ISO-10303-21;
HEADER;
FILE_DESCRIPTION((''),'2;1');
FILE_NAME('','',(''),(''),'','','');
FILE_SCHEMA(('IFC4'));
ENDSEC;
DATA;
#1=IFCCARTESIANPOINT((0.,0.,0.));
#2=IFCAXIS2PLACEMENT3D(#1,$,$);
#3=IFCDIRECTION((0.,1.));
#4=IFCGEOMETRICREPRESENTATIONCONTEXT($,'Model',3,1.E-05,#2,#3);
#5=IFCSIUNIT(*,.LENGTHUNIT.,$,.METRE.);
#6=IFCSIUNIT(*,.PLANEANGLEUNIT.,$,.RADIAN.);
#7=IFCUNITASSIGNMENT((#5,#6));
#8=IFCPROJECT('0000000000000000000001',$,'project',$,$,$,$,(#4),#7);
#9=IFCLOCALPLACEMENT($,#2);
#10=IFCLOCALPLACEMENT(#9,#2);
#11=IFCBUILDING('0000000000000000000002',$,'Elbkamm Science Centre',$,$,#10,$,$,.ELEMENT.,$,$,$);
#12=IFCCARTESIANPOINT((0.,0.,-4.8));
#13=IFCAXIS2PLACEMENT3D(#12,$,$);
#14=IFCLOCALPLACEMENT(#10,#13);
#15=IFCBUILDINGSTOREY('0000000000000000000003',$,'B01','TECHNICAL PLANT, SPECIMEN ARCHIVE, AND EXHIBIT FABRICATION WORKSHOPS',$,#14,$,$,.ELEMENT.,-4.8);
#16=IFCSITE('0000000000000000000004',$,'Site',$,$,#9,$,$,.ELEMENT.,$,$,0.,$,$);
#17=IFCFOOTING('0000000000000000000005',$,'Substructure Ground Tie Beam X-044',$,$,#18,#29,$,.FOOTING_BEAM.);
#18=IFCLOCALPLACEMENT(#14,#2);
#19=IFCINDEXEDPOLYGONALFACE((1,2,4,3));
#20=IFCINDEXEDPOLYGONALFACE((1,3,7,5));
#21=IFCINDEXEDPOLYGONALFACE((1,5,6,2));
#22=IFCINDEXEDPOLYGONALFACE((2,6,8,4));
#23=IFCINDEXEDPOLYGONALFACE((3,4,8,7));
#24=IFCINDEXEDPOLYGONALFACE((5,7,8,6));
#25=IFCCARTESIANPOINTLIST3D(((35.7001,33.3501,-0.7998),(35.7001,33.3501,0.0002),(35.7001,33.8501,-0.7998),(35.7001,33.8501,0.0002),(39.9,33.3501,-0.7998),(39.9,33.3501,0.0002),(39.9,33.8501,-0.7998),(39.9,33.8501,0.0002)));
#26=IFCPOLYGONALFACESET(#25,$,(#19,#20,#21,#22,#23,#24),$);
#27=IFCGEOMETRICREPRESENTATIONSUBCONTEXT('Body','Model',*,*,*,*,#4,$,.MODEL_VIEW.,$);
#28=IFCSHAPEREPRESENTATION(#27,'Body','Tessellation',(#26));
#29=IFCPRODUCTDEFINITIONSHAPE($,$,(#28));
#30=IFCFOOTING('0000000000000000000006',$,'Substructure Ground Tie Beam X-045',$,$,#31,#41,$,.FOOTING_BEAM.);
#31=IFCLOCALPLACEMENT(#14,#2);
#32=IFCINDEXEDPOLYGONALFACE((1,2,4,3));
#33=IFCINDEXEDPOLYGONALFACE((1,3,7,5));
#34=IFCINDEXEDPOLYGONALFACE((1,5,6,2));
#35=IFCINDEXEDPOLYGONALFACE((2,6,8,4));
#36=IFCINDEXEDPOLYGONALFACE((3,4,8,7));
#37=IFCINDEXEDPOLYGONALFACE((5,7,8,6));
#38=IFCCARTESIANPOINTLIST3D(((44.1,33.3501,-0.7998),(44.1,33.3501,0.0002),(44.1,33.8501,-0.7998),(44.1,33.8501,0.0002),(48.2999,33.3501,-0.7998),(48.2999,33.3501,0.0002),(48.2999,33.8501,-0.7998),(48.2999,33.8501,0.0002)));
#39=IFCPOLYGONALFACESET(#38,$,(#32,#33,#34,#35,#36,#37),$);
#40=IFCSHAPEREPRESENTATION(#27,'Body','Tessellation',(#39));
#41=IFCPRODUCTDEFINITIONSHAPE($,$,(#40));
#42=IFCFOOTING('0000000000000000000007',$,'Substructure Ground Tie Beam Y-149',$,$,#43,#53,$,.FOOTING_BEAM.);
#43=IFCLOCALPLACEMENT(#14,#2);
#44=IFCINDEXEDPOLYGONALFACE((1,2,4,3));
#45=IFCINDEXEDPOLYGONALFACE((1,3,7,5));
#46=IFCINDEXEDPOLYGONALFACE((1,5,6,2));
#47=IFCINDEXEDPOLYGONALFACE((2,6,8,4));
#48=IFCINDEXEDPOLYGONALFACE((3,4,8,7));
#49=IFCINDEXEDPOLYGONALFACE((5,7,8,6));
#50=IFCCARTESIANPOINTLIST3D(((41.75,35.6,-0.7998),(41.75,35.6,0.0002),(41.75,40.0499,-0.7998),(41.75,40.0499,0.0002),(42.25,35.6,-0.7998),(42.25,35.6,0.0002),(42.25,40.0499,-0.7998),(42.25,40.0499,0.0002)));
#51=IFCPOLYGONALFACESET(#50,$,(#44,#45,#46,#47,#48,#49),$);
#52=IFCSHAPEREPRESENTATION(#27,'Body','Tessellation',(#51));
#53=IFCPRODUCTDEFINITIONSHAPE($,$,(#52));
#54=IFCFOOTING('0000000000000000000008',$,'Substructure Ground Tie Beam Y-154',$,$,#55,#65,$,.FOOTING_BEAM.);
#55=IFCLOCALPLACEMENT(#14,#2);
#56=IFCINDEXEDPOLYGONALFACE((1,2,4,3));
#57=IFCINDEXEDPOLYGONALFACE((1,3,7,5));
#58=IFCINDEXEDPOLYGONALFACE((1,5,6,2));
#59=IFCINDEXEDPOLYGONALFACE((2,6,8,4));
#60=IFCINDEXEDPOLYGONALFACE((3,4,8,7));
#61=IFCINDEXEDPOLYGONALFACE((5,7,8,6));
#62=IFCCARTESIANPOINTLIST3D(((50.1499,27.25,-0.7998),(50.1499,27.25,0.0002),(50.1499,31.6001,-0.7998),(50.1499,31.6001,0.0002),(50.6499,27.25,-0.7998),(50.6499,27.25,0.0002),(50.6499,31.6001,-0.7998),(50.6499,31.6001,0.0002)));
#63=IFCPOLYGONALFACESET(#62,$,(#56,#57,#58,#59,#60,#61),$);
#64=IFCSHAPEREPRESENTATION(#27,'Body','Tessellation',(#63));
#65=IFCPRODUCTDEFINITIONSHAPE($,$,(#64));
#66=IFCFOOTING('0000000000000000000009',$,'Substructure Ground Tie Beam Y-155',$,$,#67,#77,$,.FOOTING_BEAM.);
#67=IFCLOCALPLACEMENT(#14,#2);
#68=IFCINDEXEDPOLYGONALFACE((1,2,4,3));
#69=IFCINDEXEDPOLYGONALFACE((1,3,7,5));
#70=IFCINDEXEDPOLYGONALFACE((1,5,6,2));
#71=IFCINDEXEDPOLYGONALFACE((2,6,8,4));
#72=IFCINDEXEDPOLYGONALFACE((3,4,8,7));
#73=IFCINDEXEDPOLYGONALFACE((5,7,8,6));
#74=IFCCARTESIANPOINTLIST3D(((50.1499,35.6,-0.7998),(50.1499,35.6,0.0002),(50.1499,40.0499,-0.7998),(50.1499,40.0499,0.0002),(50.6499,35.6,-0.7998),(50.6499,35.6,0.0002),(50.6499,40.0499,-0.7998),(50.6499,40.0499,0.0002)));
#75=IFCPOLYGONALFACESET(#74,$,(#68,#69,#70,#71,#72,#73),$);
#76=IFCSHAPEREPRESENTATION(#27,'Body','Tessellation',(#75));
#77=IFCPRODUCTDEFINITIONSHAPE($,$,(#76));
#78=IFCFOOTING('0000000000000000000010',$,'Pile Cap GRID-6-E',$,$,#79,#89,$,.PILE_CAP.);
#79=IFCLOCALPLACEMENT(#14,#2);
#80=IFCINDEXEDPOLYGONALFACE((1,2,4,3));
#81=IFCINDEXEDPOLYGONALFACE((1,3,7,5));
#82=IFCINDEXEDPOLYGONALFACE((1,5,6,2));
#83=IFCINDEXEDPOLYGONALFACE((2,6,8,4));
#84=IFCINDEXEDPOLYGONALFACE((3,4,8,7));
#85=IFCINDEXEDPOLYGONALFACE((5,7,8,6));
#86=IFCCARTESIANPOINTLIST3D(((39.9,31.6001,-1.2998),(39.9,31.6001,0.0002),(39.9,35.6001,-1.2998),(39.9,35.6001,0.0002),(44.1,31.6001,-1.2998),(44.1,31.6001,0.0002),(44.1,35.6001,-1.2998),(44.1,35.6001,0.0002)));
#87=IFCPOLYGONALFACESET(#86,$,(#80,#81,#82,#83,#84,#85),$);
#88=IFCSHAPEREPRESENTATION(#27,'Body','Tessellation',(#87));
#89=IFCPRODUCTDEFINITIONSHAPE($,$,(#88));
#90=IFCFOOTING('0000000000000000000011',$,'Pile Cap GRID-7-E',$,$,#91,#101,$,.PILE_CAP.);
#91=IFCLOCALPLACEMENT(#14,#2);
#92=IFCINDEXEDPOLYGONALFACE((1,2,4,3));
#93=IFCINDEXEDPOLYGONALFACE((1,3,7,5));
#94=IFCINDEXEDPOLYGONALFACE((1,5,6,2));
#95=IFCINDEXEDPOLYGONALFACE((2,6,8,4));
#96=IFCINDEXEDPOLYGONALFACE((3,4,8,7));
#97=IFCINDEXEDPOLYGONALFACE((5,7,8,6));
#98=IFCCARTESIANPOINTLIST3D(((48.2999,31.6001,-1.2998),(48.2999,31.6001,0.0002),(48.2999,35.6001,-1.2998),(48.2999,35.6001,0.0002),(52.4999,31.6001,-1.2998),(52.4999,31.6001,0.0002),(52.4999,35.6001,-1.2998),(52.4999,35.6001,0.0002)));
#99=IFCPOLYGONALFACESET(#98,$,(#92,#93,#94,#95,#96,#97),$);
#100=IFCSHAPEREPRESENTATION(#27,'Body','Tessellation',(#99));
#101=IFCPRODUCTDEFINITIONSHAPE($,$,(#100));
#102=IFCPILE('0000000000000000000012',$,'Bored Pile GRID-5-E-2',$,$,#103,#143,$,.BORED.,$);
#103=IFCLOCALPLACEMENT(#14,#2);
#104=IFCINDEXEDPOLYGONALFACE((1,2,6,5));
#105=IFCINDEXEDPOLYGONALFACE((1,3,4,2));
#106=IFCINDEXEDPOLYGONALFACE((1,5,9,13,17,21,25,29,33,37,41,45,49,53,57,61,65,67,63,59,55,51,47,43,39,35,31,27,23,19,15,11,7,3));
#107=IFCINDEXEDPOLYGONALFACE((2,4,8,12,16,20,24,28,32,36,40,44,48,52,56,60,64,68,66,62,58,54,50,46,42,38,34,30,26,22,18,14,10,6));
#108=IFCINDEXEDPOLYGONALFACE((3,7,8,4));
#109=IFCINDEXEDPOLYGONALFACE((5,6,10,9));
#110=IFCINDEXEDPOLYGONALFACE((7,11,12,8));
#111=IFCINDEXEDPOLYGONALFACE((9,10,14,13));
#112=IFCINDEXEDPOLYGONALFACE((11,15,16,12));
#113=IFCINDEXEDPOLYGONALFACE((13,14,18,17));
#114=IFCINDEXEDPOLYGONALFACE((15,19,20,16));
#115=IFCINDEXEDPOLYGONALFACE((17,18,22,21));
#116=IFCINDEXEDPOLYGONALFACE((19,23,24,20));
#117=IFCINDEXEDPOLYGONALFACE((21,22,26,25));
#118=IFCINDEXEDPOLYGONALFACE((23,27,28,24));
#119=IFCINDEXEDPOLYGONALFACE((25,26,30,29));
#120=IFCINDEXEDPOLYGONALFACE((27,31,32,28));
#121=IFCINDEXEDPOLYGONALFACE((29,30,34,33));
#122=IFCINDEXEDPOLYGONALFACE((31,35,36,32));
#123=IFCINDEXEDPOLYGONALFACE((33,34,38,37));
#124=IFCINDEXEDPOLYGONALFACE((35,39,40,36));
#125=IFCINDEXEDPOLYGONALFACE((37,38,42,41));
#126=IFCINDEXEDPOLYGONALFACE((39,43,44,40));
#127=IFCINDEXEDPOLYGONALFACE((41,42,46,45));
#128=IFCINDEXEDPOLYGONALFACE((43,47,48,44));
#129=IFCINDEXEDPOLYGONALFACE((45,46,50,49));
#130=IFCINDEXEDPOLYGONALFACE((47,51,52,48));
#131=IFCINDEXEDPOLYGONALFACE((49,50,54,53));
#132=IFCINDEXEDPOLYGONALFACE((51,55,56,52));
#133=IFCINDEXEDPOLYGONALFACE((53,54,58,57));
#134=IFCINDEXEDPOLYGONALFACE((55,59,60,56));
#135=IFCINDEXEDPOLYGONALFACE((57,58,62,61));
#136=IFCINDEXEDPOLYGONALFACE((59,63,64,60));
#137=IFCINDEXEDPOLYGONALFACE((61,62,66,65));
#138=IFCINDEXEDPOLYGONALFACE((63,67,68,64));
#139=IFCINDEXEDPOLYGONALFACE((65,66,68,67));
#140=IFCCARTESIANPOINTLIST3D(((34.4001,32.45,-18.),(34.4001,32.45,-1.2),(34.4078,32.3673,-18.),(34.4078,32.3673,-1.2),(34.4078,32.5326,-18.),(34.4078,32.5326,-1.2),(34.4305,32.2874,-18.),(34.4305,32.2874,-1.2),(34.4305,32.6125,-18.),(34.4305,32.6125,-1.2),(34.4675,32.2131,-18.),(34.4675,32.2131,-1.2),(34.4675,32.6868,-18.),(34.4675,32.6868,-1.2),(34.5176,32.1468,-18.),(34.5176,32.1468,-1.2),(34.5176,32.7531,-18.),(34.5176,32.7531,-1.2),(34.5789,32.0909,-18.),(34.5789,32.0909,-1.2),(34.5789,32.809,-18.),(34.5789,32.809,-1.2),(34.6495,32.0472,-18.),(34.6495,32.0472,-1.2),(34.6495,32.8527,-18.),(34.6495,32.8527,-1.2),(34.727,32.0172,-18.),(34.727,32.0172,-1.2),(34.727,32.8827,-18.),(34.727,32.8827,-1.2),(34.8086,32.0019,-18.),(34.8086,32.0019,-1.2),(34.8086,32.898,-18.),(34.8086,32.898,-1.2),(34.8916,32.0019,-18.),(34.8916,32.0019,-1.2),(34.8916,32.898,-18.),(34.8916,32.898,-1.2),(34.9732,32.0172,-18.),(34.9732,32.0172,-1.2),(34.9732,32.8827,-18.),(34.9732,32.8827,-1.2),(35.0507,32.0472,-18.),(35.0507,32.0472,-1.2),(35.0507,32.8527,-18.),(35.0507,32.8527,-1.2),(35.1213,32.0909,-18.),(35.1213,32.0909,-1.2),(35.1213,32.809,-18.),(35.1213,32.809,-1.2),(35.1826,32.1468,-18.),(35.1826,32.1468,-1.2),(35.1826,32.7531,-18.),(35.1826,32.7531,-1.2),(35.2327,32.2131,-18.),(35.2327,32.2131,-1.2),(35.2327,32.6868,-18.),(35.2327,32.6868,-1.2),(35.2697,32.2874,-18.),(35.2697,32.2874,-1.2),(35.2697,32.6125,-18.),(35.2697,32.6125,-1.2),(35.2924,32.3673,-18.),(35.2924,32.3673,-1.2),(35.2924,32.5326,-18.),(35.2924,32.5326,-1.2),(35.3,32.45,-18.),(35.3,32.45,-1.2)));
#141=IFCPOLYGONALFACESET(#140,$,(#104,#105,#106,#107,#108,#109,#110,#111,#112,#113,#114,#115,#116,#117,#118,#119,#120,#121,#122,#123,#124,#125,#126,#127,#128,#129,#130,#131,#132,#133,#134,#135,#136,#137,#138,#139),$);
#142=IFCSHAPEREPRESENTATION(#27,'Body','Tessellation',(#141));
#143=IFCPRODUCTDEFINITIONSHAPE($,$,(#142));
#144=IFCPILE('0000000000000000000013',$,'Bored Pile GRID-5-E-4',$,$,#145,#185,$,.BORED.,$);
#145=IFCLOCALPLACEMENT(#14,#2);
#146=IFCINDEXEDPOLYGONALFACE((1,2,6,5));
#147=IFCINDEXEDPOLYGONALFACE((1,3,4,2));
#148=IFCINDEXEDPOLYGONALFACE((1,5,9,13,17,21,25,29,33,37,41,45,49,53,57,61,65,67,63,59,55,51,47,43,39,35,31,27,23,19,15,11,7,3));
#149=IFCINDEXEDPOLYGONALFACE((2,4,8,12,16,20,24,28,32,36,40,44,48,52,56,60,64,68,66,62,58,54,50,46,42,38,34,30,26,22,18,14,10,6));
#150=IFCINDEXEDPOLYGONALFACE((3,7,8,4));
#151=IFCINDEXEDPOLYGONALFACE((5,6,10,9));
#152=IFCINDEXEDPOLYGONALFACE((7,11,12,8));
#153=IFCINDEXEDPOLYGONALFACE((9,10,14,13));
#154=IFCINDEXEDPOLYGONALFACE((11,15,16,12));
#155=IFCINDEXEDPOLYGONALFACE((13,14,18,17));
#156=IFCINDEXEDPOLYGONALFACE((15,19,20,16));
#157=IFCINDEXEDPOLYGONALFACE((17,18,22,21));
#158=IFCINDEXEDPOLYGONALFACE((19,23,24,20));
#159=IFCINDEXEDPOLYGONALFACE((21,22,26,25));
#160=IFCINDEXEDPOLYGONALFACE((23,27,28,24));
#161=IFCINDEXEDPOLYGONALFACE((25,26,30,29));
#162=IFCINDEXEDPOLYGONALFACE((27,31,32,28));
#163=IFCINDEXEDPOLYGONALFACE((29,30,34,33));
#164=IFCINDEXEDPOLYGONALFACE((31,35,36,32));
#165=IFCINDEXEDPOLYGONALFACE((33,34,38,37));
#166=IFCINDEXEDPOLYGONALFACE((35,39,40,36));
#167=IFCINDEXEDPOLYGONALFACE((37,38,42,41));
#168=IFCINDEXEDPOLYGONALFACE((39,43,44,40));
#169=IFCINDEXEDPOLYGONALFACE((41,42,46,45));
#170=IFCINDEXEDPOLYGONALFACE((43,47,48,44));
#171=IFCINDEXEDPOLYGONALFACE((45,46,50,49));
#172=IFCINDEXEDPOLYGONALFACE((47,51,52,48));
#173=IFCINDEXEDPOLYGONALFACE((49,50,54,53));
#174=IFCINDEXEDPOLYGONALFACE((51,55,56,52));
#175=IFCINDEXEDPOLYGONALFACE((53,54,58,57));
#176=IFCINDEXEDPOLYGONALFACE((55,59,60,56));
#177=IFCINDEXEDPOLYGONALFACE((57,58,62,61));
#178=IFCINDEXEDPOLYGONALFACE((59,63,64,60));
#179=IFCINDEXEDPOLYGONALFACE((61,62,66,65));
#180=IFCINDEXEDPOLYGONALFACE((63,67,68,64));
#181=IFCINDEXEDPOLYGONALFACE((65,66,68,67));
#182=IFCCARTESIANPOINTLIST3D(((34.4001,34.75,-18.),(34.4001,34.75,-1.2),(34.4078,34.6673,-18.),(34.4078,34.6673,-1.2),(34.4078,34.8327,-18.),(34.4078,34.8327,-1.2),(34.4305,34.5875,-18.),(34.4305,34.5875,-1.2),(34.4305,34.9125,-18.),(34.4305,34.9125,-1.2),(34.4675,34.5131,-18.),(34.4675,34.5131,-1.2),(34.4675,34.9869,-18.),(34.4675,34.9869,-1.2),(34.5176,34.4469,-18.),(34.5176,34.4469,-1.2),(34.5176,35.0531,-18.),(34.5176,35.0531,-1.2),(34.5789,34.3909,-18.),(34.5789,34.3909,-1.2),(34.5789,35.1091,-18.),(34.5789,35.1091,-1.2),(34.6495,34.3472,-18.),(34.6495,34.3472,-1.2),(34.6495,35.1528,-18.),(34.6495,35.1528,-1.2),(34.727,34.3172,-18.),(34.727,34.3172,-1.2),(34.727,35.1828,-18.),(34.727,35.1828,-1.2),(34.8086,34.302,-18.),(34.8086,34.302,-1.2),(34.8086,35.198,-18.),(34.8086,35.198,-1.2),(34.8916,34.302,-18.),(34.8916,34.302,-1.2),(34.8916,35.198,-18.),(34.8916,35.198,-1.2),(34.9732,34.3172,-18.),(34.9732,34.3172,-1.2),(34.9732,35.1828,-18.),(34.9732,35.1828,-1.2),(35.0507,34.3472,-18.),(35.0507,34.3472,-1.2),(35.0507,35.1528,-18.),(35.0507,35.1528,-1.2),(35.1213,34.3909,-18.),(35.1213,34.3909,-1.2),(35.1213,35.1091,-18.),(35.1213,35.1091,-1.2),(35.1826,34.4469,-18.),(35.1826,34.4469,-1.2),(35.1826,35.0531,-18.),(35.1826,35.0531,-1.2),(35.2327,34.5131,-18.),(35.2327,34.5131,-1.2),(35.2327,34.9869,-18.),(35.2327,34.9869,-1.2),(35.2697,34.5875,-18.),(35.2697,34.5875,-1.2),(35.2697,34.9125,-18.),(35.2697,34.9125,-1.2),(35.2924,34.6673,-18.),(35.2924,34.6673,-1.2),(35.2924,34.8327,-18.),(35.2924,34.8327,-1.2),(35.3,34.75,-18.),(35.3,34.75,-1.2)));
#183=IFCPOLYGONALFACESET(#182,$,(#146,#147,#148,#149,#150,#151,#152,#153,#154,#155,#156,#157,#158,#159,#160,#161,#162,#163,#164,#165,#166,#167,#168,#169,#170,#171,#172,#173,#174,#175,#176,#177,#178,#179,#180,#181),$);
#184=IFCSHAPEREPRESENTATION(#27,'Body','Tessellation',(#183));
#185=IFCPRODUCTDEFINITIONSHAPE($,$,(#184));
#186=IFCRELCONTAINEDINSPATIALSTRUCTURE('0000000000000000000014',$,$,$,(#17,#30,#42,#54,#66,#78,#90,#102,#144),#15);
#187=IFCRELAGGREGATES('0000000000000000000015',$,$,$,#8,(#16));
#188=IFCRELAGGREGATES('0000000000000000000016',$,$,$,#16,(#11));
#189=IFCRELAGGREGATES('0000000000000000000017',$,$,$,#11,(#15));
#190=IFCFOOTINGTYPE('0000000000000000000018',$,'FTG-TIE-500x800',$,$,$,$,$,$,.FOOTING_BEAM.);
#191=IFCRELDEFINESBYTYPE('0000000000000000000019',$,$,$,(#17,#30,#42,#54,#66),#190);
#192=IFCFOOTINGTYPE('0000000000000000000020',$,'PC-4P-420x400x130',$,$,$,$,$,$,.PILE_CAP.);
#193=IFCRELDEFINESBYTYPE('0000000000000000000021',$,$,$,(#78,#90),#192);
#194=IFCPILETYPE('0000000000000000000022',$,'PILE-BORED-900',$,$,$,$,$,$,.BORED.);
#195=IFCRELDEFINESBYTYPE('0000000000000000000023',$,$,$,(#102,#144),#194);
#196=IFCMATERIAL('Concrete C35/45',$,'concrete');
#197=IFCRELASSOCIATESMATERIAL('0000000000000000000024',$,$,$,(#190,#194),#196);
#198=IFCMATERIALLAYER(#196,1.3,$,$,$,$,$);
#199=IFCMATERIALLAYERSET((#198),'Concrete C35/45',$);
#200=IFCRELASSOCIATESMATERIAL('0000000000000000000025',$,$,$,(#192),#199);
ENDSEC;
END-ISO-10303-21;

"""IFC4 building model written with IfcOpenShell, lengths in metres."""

from ifc_helpers import new_model, si_unit, direction, frame, origin, origin_2d, place, context, subcontext, project, spatial, rectangle, circle, extrude, material, layer, layer_set, material_profile, profile_set, type_object, element, save


model = new_model("IFC4")

# Units and contexts
model_context = context("Model", 3, precision=1e-05, world=origin(), true_north=direction((0.0, 1.0)))
body_context = subcontext(model_context, "Body", "Model", "MODEL_VIEW")
ifc_project = project(units=[si_unit("LENGTHUNIT", "METRE"), si_unit("PLANEANGLEUNIT", "RADIAN")], contexts=[model_context])

# Site, building, storey
site_placement = place(None, origin())
site = spatial("IfcSite", under=ifc_project, at=site_placement, Name="Site", CompositionType="ELEMENT", RefElevation=0.0)
building_placement = place(site_placement, origin())
building = spatial("IfcBuilding", under=site, at=building_placement, Name="Elbkamm Science Centre", CompositionType="ELEMENT")
storey_placement = place(building_placement, frame((0.0, 0.0, -4.8)))
storey = spatial("IfcBuildingStorey", under=building, at=storey_placement, Name="B01", Description="TECHNICAL PLANT, SPECIMEN ARCHIVE, AND EXHIBIT FABRICATION WORKSHOPS", CompositionType="ELEMENT", Elevation=-4.8)

# Footings
ifc_material_1 = material(Name="Concrete C35/45", Category="concrete")
footing_type_1 = type_object("IfcFootingType", Name="FTG-TIE-500x800", PredefinedType="FOOTING_BEAM", material=ifc_material_1)
for number, where, z_axis, x_axis, name in (
    (1, (37.8, 33.6001, -0.7998), (0.0, 0.0, 1.0), (1.0, 0.0, 0.0), "Substructure Ground Tie Beam X-044"),
    (2, (46.2, 33.6001, -0.7998), (0.0, 0.0, 1.0), (1.0, 0.0, 0.0), "Substructure Ground Tie Beam X-045"),
):
    element("IfcFooting", number, at=place(storey_placement, frame(where, z_axis=z_axis, x_axis=x_axis)), inside=storey, type_object=footing_type_1, Name=name, PredefinedType="FOOTING_BEAM", context=body_context, shape_type="SweptSolid", body=[
        extrude(rectangle(XDim=4.2, YDim=0.5, at=origin_2d()), origin(), (0.0, 0.0, 1.0), 0.8),
    ])
footing_1_placement = place(storey_placement, frame((42.0, 37.825, -0.7998), z_axis=(0.0, 0.0, 1.0), x_axis=(1.0, 0.0, 0.0)))
element("IfcFooting", 3, at=footing_1_placement, inside=storey, type_object=footing_type_1, Name="Substructure Ground Tie Beam Y-149", PredefinedType="FOOTING_BEAM", context=body_context, shape_type="SweptSolid", body=[
    extrude(rectangle(XDim=0.5, YDim=4.45, at=origin_2d()), origin(), (0.0, 0.0, 1.0), 0.8),
])
footing_2_placement = place(storey_placement, frame((50.3999, 29.425, -0.7998), z_axis=(0.0, 0.0, 1.0), x_axis=(1.0, 0.0, 0.0)))
element("IfcFooting", 4, at=footing_2_placement, inside=storey, type_object=footing_type_1, Name="Substructure Ground Tie Beam Y-154", PredefinedType="FOOTING_BEAM", context=body_context, shape_type="SweptSolid", body=[
    extrude(rectangle(XDim=0.5, YDim=4.3501, at=origin_2d()), origin(), (0.0, 0.0, 1.0), 0.8),
])
footing_3_placement = place(storey_placement, frame((50.3999, 37.825, -0.7998), z_axis=(0.0, 0.0, 1.0), x_axis=(1.0, 0.0, 0.0)))
element("IfcFooting", 5, at=footing_3_placement, inside=storey, type_object=footing_type_1, Name="Substructure Ground Tie Beam Y-155", PredefinedType="FOOTING_BEAM", context=body_context, shape_type="SweptSolid", body=[
    extrude(rectangle(XDim=0.5, YDim=4.45, at=origin_2d()), origin(), (0.0, 0.0, 1.0), 0.8),
])
ifc_layer_1 = layer(ifc_material_1, 1.3)
ifc_layer_set_1 = layer_set([ifc_layer_1], Name="Concrete C35/45")
footing_type_2 = type_object("IfcFootingType", Name="PC-4P-420x400x130", PredefinedType="PILE_CAP", material=ifc_layer_set_1)
for number, where, z_axis, x_axis, name in (
    (6, (42.0, 33.6001, -1.2998), (0.0, 0.0, 1.0), (1.0, 0.0, 0.0), "Pile Cap GRID-6-E"),
    (7, (50.3999, 33.6001, -1.2998), (0.0, 0.0, 1.0), (1.0, 0.0, 0.0), "Pile Cap GRID-7-E"),
):
    element("IfcFooting", number, at=place(storey_placement, frame(where, z_axis=z_axis, x_axis=x_axis)), inside=storey, type_object=footing_type_2, Name=name, PredefinedType="PILE_CAP", context=body_context, shape_type="SweptSolid", body=[
        extrude(rectangle(XDim=4.2, YDim=4.0, at=origin_2d()), origin(), (0.0, 0.0, 1.0), 1.3),
    ])

# Piles
ifc_material_profile_1 = material_profile(ifc_material_1, circle(Radius=0.45, at=origin_2d()), Name="PILE D900")
ifc_profile_set_1 = profile_set([ifc_material_profile_1], Name="Concrete C35/45")
pile_type = type_object("IfcPileType", Name="PILE-BORED-900", PredefinedType="BORED", material=ifc_profile_set_1)
for number, where, z_axis, x_axis, name in (
    (8, (34.8501, 32.45, -1.2), (0.0, 0.0, -1.0), (1.0, 0.0, 0.0), "Bored Pile GRID-5-E-2"),
    (9, (34.8501, 34.75, -1.2), (0.0, 0.0, -1.0), (1.0, 0.0, 0.0), "Bored Pile GRID-5-E-4"),
):
    element("IfcPile", number, at=place(storey_placement, frame(where, z_axis=z_axis, x_axis=x_axis)), inside=storey, type_object=pile_type, Name=name, PredefinedType="BORED", context=body_context, shape_type="SweptSolid", body=[
        extrude(circle(Radius=0.45, at=origin_2d()), origin(), (0.0, 0.0, 1.0), 16.8),
    ])

save(model, "model.ifc")
